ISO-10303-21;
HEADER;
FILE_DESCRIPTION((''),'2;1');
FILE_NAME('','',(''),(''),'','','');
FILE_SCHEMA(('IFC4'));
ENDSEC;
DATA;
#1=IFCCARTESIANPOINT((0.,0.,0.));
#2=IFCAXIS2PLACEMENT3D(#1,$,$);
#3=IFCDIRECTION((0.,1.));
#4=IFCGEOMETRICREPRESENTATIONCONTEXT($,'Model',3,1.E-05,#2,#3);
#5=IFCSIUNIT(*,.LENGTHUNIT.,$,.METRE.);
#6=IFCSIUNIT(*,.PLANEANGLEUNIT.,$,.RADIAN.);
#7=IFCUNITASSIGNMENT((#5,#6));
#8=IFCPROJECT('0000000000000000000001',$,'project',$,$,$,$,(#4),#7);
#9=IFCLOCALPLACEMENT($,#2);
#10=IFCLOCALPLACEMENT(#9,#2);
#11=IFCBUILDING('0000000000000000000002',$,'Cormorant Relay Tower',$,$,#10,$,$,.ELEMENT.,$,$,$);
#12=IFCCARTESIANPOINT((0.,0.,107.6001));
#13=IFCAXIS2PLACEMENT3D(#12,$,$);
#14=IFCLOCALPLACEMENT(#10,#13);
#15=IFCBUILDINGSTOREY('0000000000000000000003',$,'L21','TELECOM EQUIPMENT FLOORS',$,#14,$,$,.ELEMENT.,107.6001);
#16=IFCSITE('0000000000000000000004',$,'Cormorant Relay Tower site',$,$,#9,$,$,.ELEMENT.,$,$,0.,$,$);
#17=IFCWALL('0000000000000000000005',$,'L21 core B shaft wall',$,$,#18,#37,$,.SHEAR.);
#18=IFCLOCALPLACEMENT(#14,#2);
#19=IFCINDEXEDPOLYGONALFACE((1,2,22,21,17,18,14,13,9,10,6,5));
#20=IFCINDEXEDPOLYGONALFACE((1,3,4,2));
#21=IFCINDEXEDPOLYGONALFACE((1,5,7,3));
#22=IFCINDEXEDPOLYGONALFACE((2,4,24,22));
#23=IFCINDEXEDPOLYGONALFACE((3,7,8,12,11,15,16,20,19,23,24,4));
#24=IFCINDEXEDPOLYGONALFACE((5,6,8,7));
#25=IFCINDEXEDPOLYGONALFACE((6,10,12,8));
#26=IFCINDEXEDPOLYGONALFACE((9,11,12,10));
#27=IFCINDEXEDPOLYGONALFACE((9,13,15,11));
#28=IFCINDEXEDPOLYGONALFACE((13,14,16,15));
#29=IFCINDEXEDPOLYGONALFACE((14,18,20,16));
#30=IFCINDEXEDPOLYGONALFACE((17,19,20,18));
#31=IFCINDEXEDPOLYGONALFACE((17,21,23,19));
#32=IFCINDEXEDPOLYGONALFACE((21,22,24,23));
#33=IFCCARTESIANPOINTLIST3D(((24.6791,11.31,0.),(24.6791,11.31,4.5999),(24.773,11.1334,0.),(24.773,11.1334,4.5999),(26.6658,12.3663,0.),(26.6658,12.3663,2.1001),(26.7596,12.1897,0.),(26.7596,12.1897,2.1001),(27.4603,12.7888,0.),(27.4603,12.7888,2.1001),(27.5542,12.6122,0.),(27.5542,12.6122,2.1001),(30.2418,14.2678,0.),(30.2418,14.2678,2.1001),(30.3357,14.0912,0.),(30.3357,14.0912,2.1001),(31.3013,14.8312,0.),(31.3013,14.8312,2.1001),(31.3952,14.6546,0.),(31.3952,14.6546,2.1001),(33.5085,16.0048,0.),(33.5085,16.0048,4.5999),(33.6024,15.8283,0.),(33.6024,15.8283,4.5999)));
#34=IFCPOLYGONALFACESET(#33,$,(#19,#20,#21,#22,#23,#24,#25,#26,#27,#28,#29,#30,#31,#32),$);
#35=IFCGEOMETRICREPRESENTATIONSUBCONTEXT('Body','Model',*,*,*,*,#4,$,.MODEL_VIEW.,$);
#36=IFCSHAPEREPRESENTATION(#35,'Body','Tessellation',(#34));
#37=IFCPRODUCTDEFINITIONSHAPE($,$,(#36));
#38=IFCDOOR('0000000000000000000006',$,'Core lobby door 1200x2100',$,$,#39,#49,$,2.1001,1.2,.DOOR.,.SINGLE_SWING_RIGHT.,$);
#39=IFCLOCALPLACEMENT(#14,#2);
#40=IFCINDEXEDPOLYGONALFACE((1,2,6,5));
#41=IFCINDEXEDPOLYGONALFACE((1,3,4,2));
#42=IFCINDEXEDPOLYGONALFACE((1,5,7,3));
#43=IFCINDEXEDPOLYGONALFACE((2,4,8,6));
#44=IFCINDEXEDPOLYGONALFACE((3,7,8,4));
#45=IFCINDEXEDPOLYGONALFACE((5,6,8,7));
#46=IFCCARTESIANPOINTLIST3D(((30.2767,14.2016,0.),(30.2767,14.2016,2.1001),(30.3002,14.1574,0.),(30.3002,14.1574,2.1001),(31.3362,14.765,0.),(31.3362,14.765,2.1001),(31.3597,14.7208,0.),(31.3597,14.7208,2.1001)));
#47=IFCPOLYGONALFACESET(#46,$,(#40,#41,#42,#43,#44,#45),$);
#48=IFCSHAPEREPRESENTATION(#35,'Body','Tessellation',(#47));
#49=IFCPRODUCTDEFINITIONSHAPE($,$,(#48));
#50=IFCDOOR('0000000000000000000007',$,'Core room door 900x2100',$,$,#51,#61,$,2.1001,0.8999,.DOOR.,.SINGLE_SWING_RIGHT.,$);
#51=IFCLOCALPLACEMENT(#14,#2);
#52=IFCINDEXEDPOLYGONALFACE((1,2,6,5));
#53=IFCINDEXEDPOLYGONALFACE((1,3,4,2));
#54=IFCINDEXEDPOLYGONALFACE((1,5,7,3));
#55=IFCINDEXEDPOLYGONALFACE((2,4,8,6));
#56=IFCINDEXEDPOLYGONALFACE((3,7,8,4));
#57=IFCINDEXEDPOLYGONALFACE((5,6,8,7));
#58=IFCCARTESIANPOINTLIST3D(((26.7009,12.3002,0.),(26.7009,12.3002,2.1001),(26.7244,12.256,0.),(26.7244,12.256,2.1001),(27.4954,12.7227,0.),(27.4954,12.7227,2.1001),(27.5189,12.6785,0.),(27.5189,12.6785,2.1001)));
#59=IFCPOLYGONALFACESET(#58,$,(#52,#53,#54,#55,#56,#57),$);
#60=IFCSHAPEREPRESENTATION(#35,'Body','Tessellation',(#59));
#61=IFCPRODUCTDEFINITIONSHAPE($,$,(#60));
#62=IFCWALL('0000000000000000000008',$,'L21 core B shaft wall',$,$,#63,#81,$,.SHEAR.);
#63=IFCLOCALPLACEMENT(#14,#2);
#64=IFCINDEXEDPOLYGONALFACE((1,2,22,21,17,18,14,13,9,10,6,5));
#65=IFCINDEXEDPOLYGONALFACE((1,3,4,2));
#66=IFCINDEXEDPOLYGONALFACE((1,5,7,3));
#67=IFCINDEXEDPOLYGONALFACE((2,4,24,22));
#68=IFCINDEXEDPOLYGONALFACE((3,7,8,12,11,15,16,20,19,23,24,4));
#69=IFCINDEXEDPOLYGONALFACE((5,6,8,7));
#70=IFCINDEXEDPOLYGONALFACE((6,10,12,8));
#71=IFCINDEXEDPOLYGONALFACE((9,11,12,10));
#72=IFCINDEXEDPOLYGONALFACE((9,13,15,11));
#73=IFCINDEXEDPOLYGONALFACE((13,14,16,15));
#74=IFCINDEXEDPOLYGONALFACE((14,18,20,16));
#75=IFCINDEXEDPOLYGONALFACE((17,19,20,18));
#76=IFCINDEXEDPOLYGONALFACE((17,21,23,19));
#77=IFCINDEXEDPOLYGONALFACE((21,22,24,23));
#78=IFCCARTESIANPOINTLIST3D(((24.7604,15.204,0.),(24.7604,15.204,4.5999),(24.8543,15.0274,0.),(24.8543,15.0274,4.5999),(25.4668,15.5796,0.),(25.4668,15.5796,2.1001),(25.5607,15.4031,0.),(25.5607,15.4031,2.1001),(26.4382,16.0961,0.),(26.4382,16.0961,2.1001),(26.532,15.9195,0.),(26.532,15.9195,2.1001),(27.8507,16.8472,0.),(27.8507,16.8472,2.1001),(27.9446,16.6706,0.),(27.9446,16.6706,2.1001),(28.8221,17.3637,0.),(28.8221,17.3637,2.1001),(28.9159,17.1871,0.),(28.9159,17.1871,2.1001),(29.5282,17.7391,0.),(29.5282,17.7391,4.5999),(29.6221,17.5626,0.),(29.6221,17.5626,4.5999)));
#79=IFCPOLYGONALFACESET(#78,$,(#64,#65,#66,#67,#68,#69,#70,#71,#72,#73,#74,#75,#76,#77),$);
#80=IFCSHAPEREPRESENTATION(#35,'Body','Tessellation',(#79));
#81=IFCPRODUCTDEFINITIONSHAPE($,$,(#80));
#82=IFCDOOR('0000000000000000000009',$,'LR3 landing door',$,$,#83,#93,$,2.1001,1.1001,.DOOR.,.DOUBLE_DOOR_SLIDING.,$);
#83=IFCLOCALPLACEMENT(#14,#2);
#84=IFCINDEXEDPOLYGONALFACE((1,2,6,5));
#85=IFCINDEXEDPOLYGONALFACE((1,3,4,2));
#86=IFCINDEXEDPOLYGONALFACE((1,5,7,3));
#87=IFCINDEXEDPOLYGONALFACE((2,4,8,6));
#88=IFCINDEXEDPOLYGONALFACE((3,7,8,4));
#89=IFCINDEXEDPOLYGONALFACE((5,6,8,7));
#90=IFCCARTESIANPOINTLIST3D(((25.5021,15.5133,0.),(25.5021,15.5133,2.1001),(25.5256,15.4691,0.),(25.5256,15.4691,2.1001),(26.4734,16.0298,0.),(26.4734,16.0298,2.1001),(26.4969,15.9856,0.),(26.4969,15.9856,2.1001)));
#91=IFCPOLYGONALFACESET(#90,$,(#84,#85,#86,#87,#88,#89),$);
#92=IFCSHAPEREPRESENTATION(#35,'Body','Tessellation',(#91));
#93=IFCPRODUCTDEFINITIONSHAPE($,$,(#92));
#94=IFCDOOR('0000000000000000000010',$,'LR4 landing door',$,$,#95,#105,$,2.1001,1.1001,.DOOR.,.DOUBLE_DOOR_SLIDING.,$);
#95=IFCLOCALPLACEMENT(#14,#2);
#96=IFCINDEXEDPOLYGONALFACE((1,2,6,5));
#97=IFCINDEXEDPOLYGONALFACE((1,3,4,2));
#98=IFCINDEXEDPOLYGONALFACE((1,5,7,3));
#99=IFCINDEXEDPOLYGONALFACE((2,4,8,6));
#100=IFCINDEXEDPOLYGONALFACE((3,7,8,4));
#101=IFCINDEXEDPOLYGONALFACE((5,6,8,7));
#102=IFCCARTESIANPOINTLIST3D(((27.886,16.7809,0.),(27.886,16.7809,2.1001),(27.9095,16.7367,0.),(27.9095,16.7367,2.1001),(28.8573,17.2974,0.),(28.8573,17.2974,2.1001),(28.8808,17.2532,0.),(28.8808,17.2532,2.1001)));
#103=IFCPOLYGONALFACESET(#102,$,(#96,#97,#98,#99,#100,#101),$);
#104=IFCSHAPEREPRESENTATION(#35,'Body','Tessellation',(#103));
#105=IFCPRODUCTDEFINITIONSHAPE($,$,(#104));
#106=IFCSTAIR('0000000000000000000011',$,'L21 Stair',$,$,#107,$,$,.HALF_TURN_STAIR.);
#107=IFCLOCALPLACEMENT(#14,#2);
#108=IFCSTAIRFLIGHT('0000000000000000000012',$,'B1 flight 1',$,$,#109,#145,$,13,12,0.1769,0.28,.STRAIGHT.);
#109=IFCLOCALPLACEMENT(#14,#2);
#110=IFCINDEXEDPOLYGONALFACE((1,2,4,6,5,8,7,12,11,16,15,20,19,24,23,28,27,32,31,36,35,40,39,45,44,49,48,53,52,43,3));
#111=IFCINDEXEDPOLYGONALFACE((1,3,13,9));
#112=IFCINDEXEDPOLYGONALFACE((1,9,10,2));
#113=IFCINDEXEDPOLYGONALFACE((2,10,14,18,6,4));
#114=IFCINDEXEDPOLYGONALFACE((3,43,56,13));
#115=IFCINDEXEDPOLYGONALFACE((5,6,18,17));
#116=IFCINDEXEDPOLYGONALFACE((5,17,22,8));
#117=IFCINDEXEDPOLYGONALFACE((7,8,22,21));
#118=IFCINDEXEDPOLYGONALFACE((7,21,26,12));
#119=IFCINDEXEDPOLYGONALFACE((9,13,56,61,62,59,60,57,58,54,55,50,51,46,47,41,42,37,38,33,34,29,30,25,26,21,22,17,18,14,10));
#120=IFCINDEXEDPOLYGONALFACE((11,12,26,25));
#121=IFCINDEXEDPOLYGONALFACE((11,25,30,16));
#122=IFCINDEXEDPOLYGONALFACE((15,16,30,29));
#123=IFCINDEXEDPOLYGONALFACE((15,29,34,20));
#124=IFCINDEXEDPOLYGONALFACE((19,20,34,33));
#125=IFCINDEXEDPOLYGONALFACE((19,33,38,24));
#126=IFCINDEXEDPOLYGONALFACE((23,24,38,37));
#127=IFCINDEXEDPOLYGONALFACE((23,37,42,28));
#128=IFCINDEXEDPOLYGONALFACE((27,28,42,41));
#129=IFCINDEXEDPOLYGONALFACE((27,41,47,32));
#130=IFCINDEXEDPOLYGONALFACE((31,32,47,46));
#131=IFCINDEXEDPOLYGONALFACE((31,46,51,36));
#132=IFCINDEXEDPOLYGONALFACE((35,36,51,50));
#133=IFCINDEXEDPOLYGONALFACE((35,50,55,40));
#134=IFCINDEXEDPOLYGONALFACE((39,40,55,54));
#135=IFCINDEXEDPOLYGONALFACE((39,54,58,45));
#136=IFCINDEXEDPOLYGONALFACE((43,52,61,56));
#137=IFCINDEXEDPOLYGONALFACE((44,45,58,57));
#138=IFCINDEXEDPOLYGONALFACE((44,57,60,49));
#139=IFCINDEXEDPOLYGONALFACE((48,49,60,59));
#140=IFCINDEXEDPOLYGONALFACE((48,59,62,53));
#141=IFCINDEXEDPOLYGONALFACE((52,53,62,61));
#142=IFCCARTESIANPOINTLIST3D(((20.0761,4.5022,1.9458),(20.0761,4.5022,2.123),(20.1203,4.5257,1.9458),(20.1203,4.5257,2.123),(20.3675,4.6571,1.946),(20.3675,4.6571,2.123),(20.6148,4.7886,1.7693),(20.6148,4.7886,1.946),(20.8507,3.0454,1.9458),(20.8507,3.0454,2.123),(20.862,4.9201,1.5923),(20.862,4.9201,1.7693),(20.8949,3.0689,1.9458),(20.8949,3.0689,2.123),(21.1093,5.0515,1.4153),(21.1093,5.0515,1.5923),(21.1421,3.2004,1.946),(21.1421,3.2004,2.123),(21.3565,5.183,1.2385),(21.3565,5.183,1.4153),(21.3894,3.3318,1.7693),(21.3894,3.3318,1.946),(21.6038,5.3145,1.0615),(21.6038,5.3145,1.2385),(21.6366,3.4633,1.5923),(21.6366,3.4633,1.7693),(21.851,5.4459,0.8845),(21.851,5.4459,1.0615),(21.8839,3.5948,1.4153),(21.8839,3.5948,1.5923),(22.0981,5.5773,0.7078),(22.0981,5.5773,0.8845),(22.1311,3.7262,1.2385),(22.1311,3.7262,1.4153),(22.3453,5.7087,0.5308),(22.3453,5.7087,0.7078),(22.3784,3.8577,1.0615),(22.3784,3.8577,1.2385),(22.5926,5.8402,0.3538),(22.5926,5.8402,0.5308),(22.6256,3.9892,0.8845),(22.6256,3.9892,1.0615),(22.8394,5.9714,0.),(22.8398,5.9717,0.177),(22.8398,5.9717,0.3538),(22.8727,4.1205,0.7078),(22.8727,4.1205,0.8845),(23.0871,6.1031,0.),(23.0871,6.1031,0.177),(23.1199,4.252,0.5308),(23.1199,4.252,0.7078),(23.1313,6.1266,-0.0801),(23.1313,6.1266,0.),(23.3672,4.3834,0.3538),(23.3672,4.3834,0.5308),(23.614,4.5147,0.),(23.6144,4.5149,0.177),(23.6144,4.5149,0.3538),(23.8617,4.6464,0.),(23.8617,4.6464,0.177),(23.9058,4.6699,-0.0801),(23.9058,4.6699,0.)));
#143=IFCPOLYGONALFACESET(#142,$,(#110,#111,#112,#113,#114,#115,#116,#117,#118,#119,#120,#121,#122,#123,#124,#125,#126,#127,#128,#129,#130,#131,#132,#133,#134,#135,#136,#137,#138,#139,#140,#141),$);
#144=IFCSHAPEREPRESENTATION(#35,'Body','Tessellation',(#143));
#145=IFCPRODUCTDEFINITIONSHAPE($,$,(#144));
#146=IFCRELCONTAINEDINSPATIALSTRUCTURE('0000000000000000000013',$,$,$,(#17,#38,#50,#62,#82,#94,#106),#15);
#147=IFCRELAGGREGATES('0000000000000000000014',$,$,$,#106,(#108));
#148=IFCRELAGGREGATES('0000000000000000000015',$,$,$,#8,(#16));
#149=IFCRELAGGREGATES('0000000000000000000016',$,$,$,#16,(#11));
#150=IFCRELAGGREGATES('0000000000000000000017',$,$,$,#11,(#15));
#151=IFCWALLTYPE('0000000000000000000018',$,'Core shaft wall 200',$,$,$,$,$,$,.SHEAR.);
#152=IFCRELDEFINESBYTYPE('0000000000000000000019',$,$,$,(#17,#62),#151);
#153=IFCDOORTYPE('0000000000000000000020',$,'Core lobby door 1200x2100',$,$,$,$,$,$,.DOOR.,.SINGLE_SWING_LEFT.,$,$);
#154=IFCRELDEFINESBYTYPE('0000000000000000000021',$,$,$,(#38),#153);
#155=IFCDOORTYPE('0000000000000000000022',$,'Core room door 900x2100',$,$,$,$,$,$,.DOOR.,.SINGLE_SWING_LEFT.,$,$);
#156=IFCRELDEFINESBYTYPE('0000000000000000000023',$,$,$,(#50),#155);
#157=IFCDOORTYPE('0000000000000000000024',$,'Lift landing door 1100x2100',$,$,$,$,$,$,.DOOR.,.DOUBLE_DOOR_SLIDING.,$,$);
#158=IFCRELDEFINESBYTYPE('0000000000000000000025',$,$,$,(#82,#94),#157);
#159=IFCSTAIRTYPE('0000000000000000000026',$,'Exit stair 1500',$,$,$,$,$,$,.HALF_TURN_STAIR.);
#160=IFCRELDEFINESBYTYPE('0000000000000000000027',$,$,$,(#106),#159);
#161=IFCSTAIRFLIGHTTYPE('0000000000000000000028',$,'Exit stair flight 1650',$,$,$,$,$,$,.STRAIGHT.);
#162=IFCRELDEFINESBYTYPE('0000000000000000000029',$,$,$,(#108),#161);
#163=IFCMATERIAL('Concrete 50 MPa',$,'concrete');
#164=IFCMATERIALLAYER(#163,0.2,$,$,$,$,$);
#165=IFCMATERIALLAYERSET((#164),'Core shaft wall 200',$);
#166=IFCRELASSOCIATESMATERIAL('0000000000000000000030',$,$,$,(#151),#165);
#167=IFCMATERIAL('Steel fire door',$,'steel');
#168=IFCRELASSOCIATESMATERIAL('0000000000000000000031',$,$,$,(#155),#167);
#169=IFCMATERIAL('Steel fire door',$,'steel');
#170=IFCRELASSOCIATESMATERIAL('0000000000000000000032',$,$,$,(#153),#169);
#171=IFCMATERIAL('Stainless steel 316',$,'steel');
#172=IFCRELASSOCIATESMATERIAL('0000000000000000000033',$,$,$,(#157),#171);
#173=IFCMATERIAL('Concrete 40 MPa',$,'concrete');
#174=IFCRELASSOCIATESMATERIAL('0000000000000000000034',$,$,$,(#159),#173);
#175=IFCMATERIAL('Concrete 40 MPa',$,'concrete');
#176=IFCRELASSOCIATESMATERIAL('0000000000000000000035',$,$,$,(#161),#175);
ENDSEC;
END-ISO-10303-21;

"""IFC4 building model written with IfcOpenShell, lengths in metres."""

from ifc_helpers import new_model, si_unit, direction, frame, frame_2d, origin, place, context, subcontext, project, spatial, polyline, rectangle, outline, extrude, material, layer, layer_set, type_object, element, fill, aggregate, save


model = new_model("IFC4")

# Units and contexts
model_context = context("Model", 3, precision=1e-05, world=origin(), true_north=direction((0.0, 1.0)))
body_context = subcontext(model_context, "Body", "Model", "MODEL_VIEW")
ifc_project = project(units=[si_unit("LENGTHUNIT", "METRE"), si_unit("PLANEANGLEUNIT", "RADIAN")], contexts=[model_context])

# Site, building, storey
site_placement = place(None, origin())
site = spatial("IfcSite", under=ifc_project, at=site_placement, Name="Cormorant Relay Tower site", CompositionType="ELEMENT", RefElevation=0.0)
building_placement = place(site_placement, origin())
building = spatial("IfcBuilding", under=site, at=building_placement, Name="Cormorant Relay Tower", CompositionType="ELEMENT")
storey_placement = place(building_placement, frame((0.0, 0.0, 107.6001)))
storey = spatial("IfcBuildingStorey", under=building, at=storey_placement, Name="L21", Description="TELECOM EQUIPMENT FLOORS", CompositionType="ELEMENT", Elevation=107.6001)

# Shared definitions
ifc_material_1 = material(Name="Concrete 50 MPa", Category="concrete")
ifc_layer_1 = layer(ifc_material_1, 0.2)
ifc_layer_set_1 = layer_set([ifc_layer_1], Name="Core shaft wall 200")
wall_type_1 = type_object("IfcWallType", Name="Core shaft wall 200", PredefinedType="SHEAR", material=ifc_layer_set_1)
ifc_material_2 = material(Name="Steel fire door", Category="steel")
door_type_1 = type_object("IfcDoorType", Name="Core room door 900x2100", OperationType="SINGLE_SWING_LEFT", PredefinedType="DOOR", material=ifc_material_2)

# Walls, openings, doors
wall_1_placement = place(storey_placement, frame((24.7261, 11.2217, 0.0), z_axis=(0.0, 0.0, 1.0), x_axis=(0.88294, 0.469485, 0.0)))
wall_1 = element("IfcWall", 1, at=wall_1_placement, inside=storey, type_object=wall_type_1, Name="L21 core B shaft wall", PredefinedType="SHEAR", context=body_context, shape_type="SweptSolid", body=[
    extrude(rectangle(XDim=10.0, YDim=0.2, at=frame_2d((5.0, 0.0))), origin(), (0.0, 0.0, 1.0), 4.5999),
])
opening_1_placement = place(wall_1_placement, frame((6.3, 0.0, 0.0)))
opening_1 = element("IfcOpeningElement", 2, at=opening_1_placement, cuts=wall_1, PredefinedType="OPENING", context=body_context, shape_type="SweptSolid", body=[
    extrude(rectangle(XDim=1.2, YDim=2.1001, at=frame_2d((0.6001, 1.05))), frame((0.0, 0.1099, 0.0), z_axis=(0.0, -1.0, 0.0), x_axis=(1.0, 0.0, 0.0)), (0.0, 0.0, 1.0), 0.22),
])
opening_2_placement = place(wall_1_placement, frame((2.25, 0.0, 0.0)))
opening_2 = element("IfcOpeningElement", 3, at=opening_2_placement, cuts=wall_1, PredefinedType="OPENING", context=body_context, shape_type="SweptSolid", body=[
    extrude(rectangle(XDim=0.8999, YDim=2.1001, at=frame_2d((0.45, 1.05))), frame((0.0, 0.1099, 0.0), z_axis=(0.0, -1.0, 0.0), x_axis=(1.0, 0.0, 0.0)), (0.0, 0.0, 1.0), 0.22),
])
ifc_material_3 = material(Name="Steel fire door", Category="steel")
door_type_2 = type_object("IfcDoorType", Name="Core lobby door 1200x2100", OperationType="SINGLE_SWING_LEFT", PredefinedType="DOOR", material=ifc_material_3)
door_1_placement = place(opening_1_placement, frame((1.2, 0.0, 0.0), z_axis=(0.0, 0.0, 1.0), x_axis=(-1.0, 0.0, 0.0)))
door_1 = element("IfcDoor", 4, at=door_1_placement, inside=storey, type_object=door_type_2, Name="Core lobby door 1200x2100", OperationType="SINGLE_SWING_RIGHT", OverallHeight=2.1001, OverallWidth=1.2, PredefinedType="DOOR", context=body_context, shape_type="SweptSolid", body=[
    extrude(rectangle(XDim=1.2, YDim=2.1001, at=frame_2d((0.6001, 1.05))), frame((0.0, 0.0249, 0.0), z_axis=(0.0, -1.0, 0.0), x_axis=(1.0, 0.0, 0.0)), (0.0, 0.0, 1.0), 0.05),
])
fill(opening_1, door_1)
door_2_placement = place(opening_2_placement, frame((0.8999, 0.0, 0.0), z_axis=(0.0, 0.0, 1.0), x_axis=(-1.0, 0.0, 0.0)))
door_2 = element("IfcDoor", 5, at=door_2_placement, inside=storey, type_object=door_type_1, Name="Core room door 900x2100", OperationType="SINGLE_SWING_RIGHT", OverallHeight=2.1001, OverallWidth=0.8999, PredefinedType="DOOR", context=body_context, shape_type="SweptSolid", body=[
    extrude(rectangle(XDim=0.8999, YDim=2.1001, at=frame_2d((0.45, 1.05))), frame((0.0, 0.0249, 0.0), z_axis=(0.0, -1.0, 0.0), x_axis=(1.0, 0.0, 0.0)), (0.0, 0.0, 1.0), 0.05),
])
fill(opening_2, door_2)
wall_2_placement = place(storey_placement, frame((24.8074, 15.1157, 0.0), z_axis=(0.0, 0.0, 1.0), x_axis=(0.882943, 0.46948, 0.0)))
wall_2 = element("IfcWall", 6, at=wall_2_placement, inside=storey, type_object=wall_type_1, Name="L21 core B shaft wall", PredefinedType="SHEAR", context=body_context, shape_type="SweptSolid", body=[
    extrude(rectangle(XDim=5.3999, YDim=0.2, at=frame_2d((2.7, 0.0))), origin(), (0.0, 0.0, 1.0), 4.5999),
])
opening_3_placement = place(wall_2_placement, frame((0.8, 0.0, 0.0)))
opening_3 = element("IfcOpeningElement", 7, at=opening_3_placement, cuts=wall_2, PredefinedType="OPENING", context=body_context, shape_type="SweptSolid", body=[
    extrude(rectangle(XDim=1.1001, YDim=2.1001, at=frame_2d((0.55, 1.05))), frame((0.0, 0.1099, 0.0), z_axis=(0.0, -1.0, 0.0), x_axis=(1.0, 0.0, 0.0)), (0.0, 0.0, 1.0), 0.22),
])
opening_4_placement = place(wall_2_placement, frame((3.5, 0.0, 0.0)))
opening_4 = element("IfcOpeningElement", 8, at=opening_4_placement, cuts=wall_2, PredefinedType="OPENING", context=body_context, shape_type="SweptSolid", body=[
    extrude(rectangle(XDim=1.1001, YDim=2.1001, at=frame_2d((0.55, 1.05))), frame((0.0, 0.1099, 0.0), z_axis=(0.0, -1.0, 0.0), x_axis=(1.0, 0.0, 0.0)), (0.0, 0.0, 1.0), 0.22),
])
ifc_material_4 = material(Name="Stainless steel 316", Category="steel")
door_type_3 = type_object("IfcDoorType", Name="Lift landing door 1100x2100", OperationType="DOUBLE_DOOR_SLIDING", PredefinedType="DOOR", material=ifc_material_4)
door_3_placement = place(opening_3_placement, origin())
door_3 = element("IfcDoor", 9, at=door_3_placement, inside=storey, type_object=door_type_3, Name="LR3 landing door", OperationType="DOUBLE_DOOR_SLIDING", OverallHeight=2.1001, OverallWidth=1.1001, PredefinedType="DOOR", context=body_context, shape_type="SweptSolid", body=[
    extrude(rectangle(XDim=1.1001, YDim=2.1001, at=frame_2d((0.55, 1.05))), frame((0.0, 0.0249, 0.0), z_axis=(0.0, -1.0, 0.0), x_axis=(1.0, 0.0, 0.0)), (0.0, 0.0, 1.0), 0.05),
])
fill(opening_3, door_3)
door_4_placement = place(opening_4_placement, origin())
door_4 = element("IfcDoor", 10, at=door_4_placement, inside=storey, type_object=door_type_3, Name="LR4 landing door", OperationType="DOUBLE_DOOR_SLIDING", OverallHeight=2.1001, OverallWidth=1.1001, PredefinedType="DOOR", context=body_context, shape_type="SweptSolid", body=[
    extrude(rectangle(XDim=1.1001, YDim=2.1001, at=frame_2d((0.55, 1.05))), frame((0.0, 0.0249, 0.0), z_axis=(0.0, -1.0, 0.0), x_axis=(1.0, 0.0, 0.0)), (0.0, 0.0, 1.0), 0.05),
])
fill(opening_4, door_4)

# Stair, stair flight
ifc_material_5 = material(Name="Concrete 40 MPa", Category="concrete")
stair_type = type_object("IfcStairType", Name="Exit stair 1500", PredefinedType="HALF_TURN_STAIR", material=ifc_material_5)
stair_placement = place(storey_placement, origin())
stair = element("IfcStair", 11, at=stair_placement, inside=storey, type_object=stair_type, Name="L21 Stair", PredefinedType="HALF_TURN_STAIR")
ifc_material_6 = material(Name="Concrete 40 MPa", Category="concrete")
stair_flight_type = type_object("IfcStairFlightType", Name="Exit stair flight 1650", PredefinedType="STRAIGHT", material=ifc_material_6)
stair_flight_placement = place(storey_placement, frame((23.4744, 5.3748, 0.0), z_axis=(0.0, 0.0, 1.0), x_axis=(-0.882948, -0.469472, 0.0)))
stair_flight = element("IfcStairFlight", 12, at=stair_flight_placement, type_object=stair_flight_type, Name="B1 flight 1", NumberOfRisers=13, NumberOfTreads=12, PredefinedType="STRAIGHT", RiserHeight=0.1769, TreadLength=0.28, context=body_context, shape_type="SweptSolid", body=[
    extrude(outline(polyline([(-0.05, -0.0801), (-0.05, 0.0), (0.0, 0.0), (0.0, 0.177), (0.28, 0.177), (0.28, 0.3538), (0.5601, 0.3538), (0.5601, 0.5308), (0.8401, 0.5308), (0.8401, 0.7078), (1.1201, 0.7078), (1.1201, 0.8845), (1.3999, 0.8845), (1.3999, 1.0615), (1.6799, 1.0615), (1.6799, 1.2385), (1.96, 1.2385), (1.96, 1.4153), (2.24, 1.4153), (2.24, 1.5923), (2.52, 1.5923), (2.52, 1.7693), (2.8, 1.7693), (2.8, 1.946), (3.0801, 1.946), (3.0801, 2.123), (3.3601, 2.123), (3.4102, 2.123), (3.4102, 1.9458), (3.3601, 1.9458), (0.2805, 0.0), (-0.05, -0.0801)])), frame((0.0, 0.825, 0.0), z_axis=(0.0, -1.0, 0.0), x_axis=(1.0, 0.0, 0.0)), (0.0, 0.0, 1.0), 1.6499),
])
aggregate(stair, [stair_flight])

save(model, "model.ifc")
